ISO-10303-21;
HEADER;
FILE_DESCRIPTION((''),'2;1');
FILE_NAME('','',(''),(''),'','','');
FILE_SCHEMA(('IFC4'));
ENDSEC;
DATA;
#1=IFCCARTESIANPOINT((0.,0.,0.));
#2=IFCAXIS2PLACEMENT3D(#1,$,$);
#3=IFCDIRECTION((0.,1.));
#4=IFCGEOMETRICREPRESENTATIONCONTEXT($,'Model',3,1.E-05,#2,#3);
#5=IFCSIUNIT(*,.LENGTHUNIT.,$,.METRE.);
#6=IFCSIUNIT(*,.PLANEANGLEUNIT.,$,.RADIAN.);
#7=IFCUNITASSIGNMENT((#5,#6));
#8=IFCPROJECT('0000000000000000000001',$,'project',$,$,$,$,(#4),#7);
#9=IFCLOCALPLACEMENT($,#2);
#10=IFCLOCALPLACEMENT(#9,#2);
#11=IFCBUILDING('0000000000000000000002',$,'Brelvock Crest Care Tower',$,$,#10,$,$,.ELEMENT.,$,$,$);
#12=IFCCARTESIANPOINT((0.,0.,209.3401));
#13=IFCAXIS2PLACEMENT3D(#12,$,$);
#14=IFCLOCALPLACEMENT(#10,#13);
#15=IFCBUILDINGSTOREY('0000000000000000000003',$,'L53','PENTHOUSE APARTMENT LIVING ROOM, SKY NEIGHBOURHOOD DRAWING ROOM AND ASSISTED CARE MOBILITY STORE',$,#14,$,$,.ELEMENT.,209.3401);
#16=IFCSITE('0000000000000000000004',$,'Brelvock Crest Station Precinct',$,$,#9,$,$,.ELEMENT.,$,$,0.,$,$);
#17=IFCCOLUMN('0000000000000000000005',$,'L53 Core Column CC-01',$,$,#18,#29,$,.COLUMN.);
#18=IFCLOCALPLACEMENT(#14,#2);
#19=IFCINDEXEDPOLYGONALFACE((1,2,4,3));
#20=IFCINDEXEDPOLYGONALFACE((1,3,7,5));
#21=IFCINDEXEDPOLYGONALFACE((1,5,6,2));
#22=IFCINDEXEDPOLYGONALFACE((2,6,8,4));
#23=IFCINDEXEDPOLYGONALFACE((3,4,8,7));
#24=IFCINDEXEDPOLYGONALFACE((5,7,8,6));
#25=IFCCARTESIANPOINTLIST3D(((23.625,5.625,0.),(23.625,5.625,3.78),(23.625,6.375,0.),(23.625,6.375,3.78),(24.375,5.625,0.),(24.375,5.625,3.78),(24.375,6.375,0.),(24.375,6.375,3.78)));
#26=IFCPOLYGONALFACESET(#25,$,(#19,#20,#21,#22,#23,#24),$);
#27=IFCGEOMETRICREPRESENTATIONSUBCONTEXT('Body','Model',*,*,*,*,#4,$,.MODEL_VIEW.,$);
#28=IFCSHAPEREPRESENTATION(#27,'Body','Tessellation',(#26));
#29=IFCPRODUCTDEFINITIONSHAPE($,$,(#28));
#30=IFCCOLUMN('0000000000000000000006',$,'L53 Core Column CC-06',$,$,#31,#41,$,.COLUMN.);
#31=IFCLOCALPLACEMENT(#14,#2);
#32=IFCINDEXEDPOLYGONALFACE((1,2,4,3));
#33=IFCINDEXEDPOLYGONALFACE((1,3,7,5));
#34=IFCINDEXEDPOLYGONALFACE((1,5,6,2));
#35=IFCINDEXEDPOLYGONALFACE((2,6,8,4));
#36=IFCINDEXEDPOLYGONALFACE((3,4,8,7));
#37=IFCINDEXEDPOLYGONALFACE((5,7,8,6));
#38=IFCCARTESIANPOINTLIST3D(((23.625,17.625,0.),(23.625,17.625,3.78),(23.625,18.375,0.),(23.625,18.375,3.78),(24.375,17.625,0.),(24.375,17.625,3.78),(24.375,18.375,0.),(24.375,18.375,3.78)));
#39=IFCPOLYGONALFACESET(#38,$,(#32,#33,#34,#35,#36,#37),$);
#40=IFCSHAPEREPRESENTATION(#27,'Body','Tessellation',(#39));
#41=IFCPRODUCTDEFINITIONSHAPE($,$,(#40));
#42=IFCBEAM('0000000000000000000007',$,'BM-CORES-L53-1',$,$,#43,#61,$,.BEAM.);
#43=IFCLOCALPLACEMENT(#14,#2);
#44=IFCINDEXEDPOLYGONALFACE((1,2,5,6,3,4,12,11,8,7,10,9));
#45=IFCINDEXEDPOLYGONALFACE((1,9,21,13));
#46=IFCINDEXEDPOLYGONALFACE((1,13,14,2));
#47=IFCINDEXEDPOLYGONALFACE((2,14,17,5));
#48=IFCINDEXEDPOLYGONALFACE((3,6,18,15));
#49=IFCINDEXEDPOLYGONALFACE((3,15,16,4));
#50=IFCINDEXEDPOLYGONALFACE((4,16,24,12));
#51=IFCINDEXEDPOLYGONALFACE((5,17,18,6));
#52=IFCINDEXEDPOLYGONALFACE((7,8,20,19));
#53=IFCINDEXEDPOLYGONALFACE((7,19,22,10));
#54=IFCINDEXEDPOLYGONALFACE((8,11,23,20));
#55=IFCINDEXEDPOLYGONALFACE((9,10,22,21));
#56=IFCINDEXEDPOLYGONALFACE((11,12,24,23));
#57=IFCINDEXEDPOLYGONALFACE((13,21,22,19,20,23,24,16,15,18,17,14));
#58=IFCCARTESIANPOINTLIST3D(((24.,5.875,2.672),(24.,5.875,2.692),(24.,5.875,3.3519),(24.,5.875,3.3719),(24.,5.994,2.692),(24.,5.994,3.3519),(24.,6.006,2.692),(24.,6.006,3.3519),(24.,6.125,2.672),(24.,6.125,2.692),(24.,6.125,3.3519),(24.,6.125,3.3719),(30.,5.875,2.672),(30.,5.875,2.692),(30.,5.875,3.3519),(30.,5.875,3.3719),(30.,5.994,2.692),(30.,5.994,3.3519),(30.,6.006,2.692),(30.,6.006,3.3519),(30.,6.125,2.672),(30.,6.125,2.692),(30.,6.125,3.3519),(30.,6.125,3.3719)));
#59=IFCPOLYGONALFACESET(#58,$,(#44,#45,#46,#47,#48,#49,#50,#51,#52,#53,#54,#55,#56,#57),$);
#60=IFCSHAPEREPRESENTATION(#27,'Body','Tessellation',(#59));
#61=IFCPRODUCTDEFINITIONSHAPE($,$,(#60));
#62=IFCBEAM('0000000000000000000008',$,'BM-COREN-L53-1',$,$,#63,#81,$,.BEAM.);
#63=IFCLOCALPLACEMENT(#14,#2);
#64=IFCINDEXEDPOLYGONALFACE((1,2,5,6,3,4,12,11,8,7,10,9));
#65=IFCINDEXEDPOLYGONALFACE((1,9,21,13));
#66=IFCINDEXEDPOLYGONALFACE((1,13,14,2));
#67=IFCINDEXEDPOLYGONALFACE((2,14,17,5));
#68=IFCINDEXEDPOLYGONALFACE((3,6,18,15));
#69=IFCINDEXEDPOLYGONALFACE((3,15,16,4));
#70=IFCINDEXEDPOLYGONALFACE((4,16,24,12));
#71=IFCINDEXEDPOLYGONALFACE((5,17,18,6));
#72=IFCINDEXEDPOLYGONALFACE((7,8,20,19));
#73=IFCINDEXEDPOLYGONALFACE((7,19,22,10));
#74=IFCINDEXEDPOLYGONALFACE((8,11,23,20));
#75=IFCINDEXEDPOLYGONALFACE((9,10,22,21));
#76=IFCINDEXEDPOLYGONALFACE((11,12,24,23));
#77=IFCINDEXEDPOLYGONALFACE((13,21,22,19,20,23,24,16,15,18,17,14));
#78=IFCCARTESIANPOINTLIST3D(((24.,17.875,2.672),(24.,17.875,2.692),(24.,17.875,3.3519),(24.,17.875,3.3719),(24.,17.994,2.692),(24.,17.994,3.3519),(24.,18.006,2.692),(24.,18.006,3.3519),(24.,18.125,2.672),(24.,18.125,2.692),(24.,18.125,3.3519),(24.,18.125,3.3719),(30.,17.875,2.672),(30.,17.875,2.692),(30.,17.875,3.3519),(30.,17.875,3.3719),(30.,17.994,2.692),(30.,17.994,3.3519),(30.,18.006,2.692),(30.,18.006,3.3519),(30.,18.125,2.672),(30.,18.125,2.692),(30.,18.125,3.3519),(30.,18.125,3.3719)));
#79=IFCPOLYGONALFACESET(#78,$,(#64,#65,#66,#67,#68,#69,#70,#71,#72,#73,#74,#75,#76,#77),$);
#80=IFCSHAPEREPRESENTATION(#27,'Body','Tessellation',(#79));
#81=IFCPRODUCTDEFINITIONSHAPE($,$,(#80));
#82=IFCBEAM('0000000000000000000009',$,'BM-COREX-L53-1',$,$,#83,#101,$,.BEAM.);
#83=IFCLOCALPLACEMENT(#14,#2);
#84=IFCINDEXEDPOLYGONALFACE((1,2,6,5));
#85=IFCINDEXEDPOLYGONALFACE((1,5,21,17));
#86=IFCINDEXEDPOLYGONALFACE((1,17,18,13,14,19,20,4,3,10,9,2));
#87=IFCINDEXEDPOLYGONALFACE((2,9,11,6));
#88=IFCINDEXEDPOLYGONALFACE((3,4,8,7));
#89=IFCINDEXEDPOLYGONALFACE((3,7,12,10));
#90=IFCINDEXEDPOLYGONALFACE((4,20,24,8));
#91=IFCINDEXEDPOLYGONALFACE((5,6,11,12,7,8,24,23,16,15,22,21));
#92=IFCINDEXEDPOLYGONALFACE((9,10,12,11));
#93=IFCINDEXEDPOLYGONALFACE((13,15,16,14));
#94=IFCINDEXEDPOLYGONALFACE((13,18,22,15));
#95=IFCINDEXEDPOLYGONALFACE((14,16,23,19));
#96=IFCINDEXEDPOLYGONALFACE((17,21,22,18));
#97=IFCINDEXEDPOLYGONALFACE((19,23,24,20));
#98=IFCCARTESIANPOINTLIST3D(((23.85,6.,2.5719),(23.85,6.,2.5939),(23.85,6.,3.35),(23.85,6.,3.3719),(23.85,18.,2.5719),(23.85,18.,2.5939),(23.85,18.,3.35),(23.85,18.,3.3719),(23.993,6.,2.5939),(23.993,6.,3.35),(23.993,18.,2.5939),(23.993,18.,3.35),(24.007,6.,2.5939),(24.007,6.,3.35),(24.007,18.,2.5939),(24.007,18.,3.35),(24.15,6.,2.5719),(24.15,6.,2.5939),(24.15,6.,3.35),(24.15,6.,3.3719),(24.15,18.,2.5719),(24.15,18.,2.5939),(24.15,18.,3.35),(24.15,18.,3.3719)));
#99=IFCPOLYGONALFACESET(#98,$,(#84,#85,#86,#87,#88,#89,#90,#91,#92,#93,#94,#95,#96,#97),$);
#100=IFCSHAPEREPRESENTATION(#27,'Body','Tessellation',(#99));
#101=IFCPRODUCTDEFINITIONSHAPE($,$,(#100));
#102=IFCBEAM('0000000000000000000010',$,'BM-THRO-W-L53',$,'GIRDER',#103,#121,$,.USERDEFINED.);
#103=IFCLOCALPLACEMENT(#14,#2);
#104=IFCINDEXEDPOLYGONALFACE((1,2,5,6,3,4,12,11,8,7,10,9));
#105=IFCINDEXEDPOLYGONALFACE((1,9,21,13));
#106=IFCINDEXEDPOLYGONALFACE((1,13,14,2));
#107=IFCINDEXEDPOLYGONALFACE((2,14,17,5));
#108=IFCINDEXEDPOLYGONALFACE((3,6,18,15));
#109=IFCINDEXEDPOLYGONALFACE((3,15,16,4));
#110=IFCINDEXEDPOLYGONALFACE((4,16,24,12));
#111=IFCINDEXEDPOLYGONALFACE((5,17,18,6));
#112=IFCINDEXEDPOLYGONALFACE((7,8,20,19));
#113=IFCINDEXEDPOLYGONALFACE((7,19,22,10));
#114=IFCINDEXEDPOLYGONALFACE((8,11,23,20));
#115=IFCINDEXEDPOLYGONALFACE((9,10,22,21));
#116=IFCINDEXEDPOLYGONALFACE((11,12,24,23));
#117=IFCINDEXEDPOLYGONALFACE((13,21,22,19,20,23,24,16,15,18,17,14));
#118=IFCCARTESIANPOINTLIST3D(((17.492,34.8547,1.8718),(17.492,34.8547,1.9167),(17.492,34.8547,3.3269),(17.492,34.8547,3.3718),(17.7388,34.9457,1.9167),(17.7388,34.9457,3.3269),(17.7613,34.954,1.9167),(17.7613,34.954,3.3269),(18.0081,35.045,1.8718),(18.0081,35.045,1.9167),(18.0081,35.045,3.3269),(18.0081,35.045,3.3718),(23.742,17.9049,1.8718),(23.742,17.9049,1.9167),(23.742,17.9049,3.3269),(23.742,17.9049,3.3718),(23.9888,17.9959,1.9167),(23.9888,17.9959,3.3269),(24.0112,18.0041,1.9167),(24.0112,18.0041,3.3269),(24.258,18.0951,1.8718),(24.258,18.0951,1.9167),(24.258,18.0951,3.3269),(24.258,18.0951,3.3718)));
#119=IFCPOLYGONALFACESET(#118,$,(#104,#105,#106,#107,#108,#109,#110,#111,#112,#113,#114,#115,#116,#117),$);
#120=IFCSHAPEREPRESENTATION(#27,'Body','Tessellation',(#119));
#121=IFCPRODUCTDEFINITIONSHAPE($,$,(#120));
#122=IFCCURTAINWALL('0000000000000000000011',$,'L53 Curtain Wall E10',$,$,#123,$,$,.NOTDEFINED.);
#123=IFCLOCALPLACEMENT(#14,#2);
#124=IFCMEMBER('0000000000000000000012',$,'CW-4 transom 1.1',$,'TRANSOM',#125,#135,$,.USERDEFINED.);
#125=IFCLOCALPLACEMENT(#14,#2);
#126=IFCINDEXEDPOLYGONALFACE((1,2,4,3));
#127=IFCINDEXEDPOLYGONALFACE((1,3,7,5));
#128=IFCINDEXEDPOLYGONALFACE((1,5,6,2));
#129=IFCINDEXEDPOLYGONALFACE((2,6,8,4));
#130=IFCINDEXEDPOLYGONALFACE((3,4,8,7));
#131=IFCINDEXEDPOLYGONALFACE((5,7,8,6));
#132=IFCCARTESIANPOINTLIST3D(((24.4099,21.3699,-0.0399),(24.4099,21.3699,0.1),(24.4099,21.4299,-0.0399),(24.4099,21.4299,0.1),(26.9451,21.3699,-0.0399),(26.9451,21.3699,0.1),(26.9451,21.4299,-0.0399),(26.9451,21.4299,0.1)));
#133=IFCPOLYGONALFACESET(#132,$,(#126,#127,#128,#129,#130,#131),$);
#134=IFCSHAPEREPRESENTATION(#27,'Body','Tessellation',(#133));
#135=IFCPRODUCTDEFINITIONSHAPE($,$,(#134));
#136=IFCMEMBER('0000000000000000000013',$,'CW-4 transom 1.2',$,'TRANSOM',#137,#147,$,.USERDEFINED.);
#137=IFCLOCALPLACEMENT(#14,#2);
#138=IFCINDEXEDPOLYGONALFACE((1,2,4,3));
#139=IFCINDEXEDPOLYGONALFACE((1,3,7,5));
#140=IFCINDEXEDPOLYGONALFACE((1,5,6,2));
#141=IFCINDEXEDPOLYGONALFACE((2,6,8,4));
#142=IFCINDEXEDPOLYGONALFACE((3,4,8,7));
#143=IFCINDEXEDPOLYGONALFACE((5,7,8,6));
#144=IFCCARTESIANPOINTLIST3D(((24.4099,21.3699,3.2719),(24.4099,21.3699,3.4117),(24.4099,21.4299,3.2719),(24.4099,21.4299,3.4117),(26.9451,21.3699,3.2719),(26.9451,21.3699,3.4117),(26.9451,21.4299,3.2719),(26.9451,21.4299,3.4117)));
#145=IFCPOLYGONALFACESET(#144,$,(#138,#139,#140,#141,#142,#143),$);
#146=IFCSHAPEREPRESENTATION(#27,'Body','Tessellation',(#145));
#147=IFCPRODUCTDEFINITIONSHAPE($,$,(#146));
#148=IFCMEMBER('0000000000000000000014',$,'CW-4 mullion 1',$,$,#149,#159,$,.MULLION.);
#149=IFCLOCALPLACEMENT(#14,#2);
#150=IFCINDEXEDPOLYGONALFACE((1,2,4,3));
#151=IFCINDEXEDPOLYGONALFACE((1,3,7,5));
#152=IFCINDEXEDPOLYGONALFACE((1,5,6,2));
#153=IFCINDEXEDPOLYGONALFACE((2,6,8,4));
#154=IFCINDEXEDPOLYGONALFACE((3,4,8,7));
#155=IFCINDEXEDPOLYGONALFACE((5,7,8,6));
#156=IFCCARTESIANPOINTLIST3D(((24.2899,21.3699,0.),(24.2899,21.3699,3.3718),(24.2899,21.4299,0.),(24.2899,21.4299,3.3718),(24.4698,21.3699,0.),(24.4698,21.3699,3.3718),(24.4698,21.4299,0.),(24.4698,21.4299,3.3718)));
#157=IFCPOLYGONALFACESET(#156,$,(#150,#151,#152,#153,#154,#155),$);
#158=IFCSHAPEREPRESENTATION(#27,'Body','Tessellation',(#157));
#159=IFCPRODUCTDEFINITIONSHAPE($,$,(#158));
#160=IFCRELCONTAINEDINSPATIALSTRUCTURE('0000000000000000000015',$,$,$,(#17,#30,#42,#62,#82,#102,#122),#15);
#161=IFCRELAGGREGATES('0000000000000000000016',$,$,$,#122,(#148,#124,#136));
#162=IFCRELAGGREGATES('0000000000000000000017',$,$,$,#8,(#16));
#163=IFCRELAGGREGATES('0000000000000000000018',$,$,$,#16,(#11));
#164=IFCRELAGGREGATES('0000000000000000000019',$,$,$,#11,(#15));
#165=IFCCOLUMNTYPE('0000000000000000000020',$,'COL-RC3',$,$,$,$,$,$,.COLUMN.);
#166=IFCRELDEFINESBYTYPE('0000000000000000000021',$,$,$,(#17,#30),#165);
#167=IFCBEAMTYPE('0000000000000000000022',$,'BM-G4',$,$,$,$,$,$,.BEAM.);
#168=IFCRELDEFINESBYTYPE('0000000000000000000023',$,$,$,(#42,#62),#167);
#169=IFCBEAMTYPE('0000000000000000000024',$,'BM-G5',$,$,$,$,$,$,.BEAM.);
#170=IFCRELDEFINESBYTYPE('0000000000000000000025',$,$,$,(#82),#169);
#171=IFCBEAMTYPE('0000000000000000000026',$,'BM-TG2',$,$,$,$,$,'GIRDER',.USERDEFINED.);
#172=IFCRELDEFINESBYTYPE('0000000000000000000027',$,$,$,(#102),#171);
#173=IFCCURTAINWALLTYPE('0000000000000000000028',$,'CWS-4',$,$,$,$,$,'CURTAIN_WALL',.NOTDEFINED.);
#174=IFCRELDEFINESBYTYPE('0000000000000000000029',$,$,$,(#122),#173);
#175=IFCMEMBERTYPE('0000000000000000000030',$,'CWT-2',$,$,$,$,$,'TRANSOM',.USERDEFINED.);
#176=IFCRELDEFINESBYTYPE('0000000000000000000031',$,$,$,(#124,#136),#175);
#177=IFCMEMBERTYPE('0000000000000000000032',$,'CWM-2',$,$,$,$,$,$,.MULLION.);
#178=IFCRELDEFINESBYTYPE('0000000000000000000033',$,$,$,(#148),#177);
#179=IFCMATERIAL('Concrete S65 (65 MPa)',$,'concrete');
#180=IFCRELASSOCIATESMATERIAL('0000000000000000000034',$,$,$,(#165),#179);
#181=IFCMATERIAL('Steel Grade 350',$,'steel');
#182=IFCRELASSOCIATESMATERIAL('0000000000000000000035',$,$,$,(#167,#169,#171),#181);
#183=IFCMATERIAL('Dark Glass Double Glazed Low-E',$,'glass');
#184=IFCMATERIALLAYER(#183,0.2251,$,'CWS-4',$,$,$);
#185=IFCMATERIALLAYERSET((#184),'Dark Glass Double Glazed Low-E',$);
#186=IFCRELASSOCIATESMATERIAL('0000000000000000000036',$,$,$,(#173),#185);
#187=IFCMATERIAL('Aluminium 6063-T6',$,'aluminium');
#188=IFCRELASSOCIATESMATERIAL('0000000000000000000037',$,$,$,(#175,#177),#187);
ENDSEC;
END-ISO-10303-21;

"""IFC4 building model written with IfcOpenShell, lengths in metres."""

from ifc_helpers import new_model, si_unit, direction, frame, origin, origin_2d, place, context, subcontext, project, spatial, rectangle, i_section, extrude, source, transform, mapped, material, layer, layer_set, material_profile, profile_set, type_object, element, aggregate, save


model = new_model("IFC4")

# Units and contexts
model_context = context("Model", 3, precision=1e-05, world=origin(), true_north=direction((0.0, 1.0)))
body_context = subcontext(model_context, "Body", "Model", "MODEL_VIEW")
ifc_project = project(units=[si_unit("LENGTHUNIT", "METRE"), si_unit("PLANEANGLEUNIT", "RADIAN")], contexts=[model_context])

# Site, building, storey
site_placement = place(None, origin())
site = spatial("IfcSite", under=ifc_project, at=site_placement, Name="Brelvock Crest Station Precinct", CompositionType="ELEMENT", RefElevation=0.0)
building_placement = place(site_placement, origin())
building = spatial("IfcBuilding", under=site, at=building_placement, Name="Brelvock Crest Care Tower", CompositionType="ELEMENT")
storey_placement = place(building_placement, frame((0.0, 0.0, 209.3401)))
storey = spatial("IfcBuildingStorey", under=building, at=storey_placement, Name="L53", Description="PENTHOUSE APARTMENT LIVING ROOM, SKY NEIGHBOURHOOD DRAWING ROOM AND ASSISTED CARE MOBILITY STORE", CompositionType="ELEMENT", Elevation=209.3401)

# Columns
ifc_material_1 = material(Name="Concrete S65 (65 MPa)", Category="concrete")
ifc_material_profile_1 = material_profile(ifc_material_1, rectangle(XDim=0.75, YDim=0.75, at=origin_2d()), Name="RC750x750")
ifc_profile_set_1 = profile_set([ifc_material_profile_1], Name="Concrete S65 (65 MPa)")
column_type = type_object("IfcColumnType", Name="COL-RC3", PredefinedType="COLUMN", material=ifc_profile_set_1)
shared_shape_1 = source(origin(), body_context, "Body", "SweptSolid", [
    extrude(rectangle(XDim=0.75, YDim=0.75, at=origin_2d()), origin(), (0.0, 0.0, 1.0), 3.78),
])
for number, where, z_axis, x_axis, name in (
    (1, (24.0, 6.0, 0.0), (0.0, 0.0, 1.0), (1.0, 0.0, 0.0), "L53 Core Column CC-01"),
    (2, (24.0, 18.0, 0.0), (0.0, 0.0, 1.0), (1.0, 0.0, 0.0), "L53 Core Column CC-06"),
):
    element("IfcColumn", number, at=place(storey_placement, frame(where, z_axis=z_axis, x_axis=x_axis)), inside=storey, type_object=column_type, Name=name, PredefinedType="COLUMN", context=body_context, shape_type="MappedRepresentation", body=[
        mapped(shared_shape_1, transform((0.0, 0.0, 0.0), x_axis=(1.0, 0.0, 0.0), y_axis=(0.0, 1.0, 0.0), z_axis=(0.0, 0.0, 1.0), scale=1.0)),
    ])

# Beams
ifc_material_2 = material(Name="Steel Grade 350", Category="steel")
ifc_material_profile_2 = material_profile(ifc_material_2, i_section(OverallWidth=0.25, OverallDepth=0.7, WebThickness=0.012, FlangeThickness=0.02, at=origin_2d()), Name="700WB150")
ifc_profile_set_2 = profile_set([ifc_material_profile_2], Name="Steel Grade 350")
beam_type_1 = type_object("IfcBeamType", Name="BM-G4", PredefinedType="BEAM", material=ifc_profile_set_2)
shared_shape_2 = source(origin(), body_context, "Body", "SweptSolid", [
    extrude(i_section(OverallWidth=0.25, OverallDepth=0.7, WebThickness=0.012, FlangeThickness=0.02, at=origin_2d()), origin(), (0.0, 0.0, 1.0), 6.0),
])
for number, where, z_axis, x_axis, name in (
    (3, (24.0, 6.0, 3.022), (1.0, 0.0, 0.0), (0.0, 1.0, 0.0), "BM-CORES-L53-1"),
    (4, (24.0, 18.0, 3.022), (1.0, 0.0, 0.0), (0.0, 1.0, 0.0), "BM-COREN-L53-1"),
):
    element("IfcBeam", number, at=place(storey_placement, frame(where, z_axis=z_axis, x_axis=x_axis)), inside=storey, type_object=beam_type_1, Name=name, PredefinedType="BEAM", context=body_context, shape_type="MappedRepresentation", body=[
        mapped(shared_shape_2, transform((0.0, 0.0, 0.0), x_axis=(1.0, 0.0, 0.0), y_axis=(0.0, 1.0, 0.0), z_axis=(0.0, 0.0, 1.0), scale=1.0)),
    ])
ifc_material_profile_3 = material_profile(ifc_material_2, i_section(OverallWidth=0.3, OverallDepth=0.8, WebThickness=0.0139, FlangeThickness=0.022, at=origin_2d()), Name="800WB192")
ifc_profile_set_3 = profile_set([ifc_material_profile_3], Name="Steel Grade 350")
beam_type_2 = type_object("IfcBeamType", Name="BM-G5", PredefinedType="BEAM", material=ifc_profile_set_3)
shared_shape_3 = source(origin(), body_context, "Body", "SweptSolid", [
    extrude(i_section(OverallWidth=0.3, OverallDepth=0.8, WebThickness=0.0139, FlangeThickness=0.022, at=origin_2d()), origin(), (0.0, 0.0, 1.0), 12.0),
])
beam_1_placement = place(storey_placement, frame((24.0, 6.0, 2.9719), z_axis=(0.0, 1.0, 0.0), x_axis=(-1.0, 0.0, 0.0)))
element("IfcBeam", 5, at=beam_1_placement, inside=storey, type_object=beam_type_2, Name="BM-COREX-L53-1", PredefinedType="BEAM", context=body_context, shape_type="MappedRepresentation", body=[
    mapped(shared_shape_3, transform((0.0, 0.0, 0.0), x_axis=(1.0, 0.0, 0.0), y_axis=(0.0, 1.0, 0.0), z_axis=(0.0, 0.0, 1.0), scale=1.0)),
])
ifc_material_profile_4 = material_profile(ifc_material_2, i_section(OverallWidth=0.55, OverallDepth=1.5, WebThickness=0.0239, FlangeThickness=0.0449, at=origin_2d()), Name="1500TG580")
ifc_profile_set_4 = profile_set([ifc_material_profile_4], Name="Steel Grade 350")
beam_type_3 = type_object("IfcBeamType", Name="BM-TG2", ElementType="GIRDER", PredefinedType="USERDEFINED", material=ifc_profile_set_4)
shared_shape_4 = source(origin(), body_context, "Body", "SweptSolid", [
    extrude(i_section(OverallWidth=0.55, OverallDepth=1.5, WebThickness=0.0239, FlangeThickness=0.0449, at=origin_2d()), origin(), (0.0, 0.0, 1.0), 18.0654),
])
beam_2_placement = place(storey_placement, frame((24.0, 18.0, 2.6218), z_axis=(-0.345963, 0.938248, 0.0), x_axis=(-0.938248, -0.345963, 0.0)))
element("IfcBeam", 6, at=beam_2_placement, inside=storey, type_object=beam_type_3, Name="BM-THRO-W-L53", ObjectType="GIRDER", PredefinedType="USERDEFINED", context=body_context, shape_type="MappedRepresentation", body=[
    mapped(shared_shape_4, transform((0.0, 0.0, 0.0), x_axis=(1.0, 0.0, 0.0), y_axis=(0.0, 1.0, 0.0), z_axis=(0.0, 0.0, 1.0), scale=1.0)),
])

# Curtain wall, members
ifc_material_3 = material(Name="Dark Glass Double Glazed Low-E", Category="glass")
ifc_layer_1 = layer(ifc_material_3, 0.2251, Name="CWS-4")
ifc_layer_set_1 = layer_set([ifc_layer_1], Name="Dark Glass Double Glazed Low-E")
curtain_wall_type = type_object("IfcCurtainWallType", Name="CWS-4", ElementType="CURTAIN_WALL", PredefinedType="NOTDEFINED", material=ifc_layer_set_1)
curtain_wall_placement = place(storey_placement, origin())
curtain_wall = element("IfcCurtainWall", 7, at=curtain_wall_placement, inside=storey, type_object=curtain_wall_type, Name="L53 Curtain Wall E10", PredefinedType="NOTDEFINED")
ifc_material_4 = material(Name="Aluminium 6063-T6", Category="aluminium")
ifc_material_profile_5 = material_profile(ifc_material_4, rectangle(XDim=0.0601, YDim=0.1399, at=origin_2d()), Name="ALU60x140")
ifc_profile_set_5 = profile_set([ifc_material_profile_5], Name="Aluminium 6063-T6")
member_type_1 = type_object("IfcMemberType", Name="CWT-2", ElementType="TRANSOM", PredefinedType="USERDEFINED", material=ifc_profile_set_5)
shared_shape_5 = source(origin(), body_context, "Body", "SweptSolid", [
    extrude(rectangle(XDim=0.0601, YDim=0.1399, at=origin_2d()), origin(), (0.0, 0.0, 1.0), 2.5352),
])
member_1_placement = place(storey_placement, frame((24.4099, 21.3999, 0.03), z_axis=(1.0, 0.0, 0.0), x_axis=(0.0, 1.0, 0.0)))
member_1 = element("IfcMember", 8, at=member_1_placement, type_object=member_type_1, Name="CW-4 transom 1.1", ObjectType="TRANSOM", PredefinedType="USERDEFINED", context=body_context, shape_type="MappedRepresentation", body=[
    mapped(shared_shape_5, transform((0.0, 0.0, 0.0), x_axis=(1.0, 0.0, 0.0), y_axis=(0.0, 1.0, 0.0), z_axis=(0.0, 0.0, 1.0), scale=1.0)),
])
member_2_placement = place(storey_placement, frame((24.4099, 21.3999, 3.3418), z_axis=(1.0, 0.0, 0.0), x_axis=(0.0, 1.0, 0.0)))
member_2 = element("IfcMember", 9, at=member_2_placement, type_object=member_type_1, Name="CW-4 transom 1.2", ObjectType="TRANSOM", PredefinedType="USERDEFINED", context=body_context, shape_type="MappedRepresentation", body=[
    mapped(shared_shape_5, transform((0.0, 0.0, 0.0), x_axis=(1.0, 0.0, 0.0), y_axis=(0.0, 1.0, 0.0), z_axis=(0.0, 0.0, 1.0), scale=1.0)),
])
ifc_material_profile_6 = material_profile(ifc_material_4, rectangle(XDim=0.0601, YDim=0.1799, at=origin_2d()), Name="ALU60x180")
ifc_profile_set_6 = profile_set([ifc_material_profile_6], Name="Aluminium 6063-T6")
member_type_2 = type_object("IfcMemberType", Name="CWM-2", PredefinedType="MULLION", material=ifc_profile_set_6)
shared_shape_6 = source(origin(), body_context, "Body", "SweptSolid", [
    extrude(rectangle(XDim=0.0601, YDim=0.1799, at=origin_2d()), origin(), (0.0, 0.0, 1.0), 3.3718),
])
member_3_placement = place(storey_placement, frame((24.3799, 21.3999, 0.0), z_axis=(0.0, 0.0, 1.0), x_axis=(0.0, 1.0, 0.0)))
member_3 = element("IfcMember", 10, at=member_3_placement, type_object=member_type_2, Name="CW-4 mullion 1", PredefinedType="MULLION", context=body_context, shape_type="MappedRepresentation", body=[
    mapped(shared_shape_6, transform((0.0, 0.0, 0.0), x_axis=(1.0, 0.0, 0.0), y_axis=(0.0, 1.0, 0.0), z_axis=(0.0, 0.0, 1.0), scale=1.0)),
])

aggregate(curtain_wall, [member_3, member_1, member_2])

save(model, "model.ifc")
